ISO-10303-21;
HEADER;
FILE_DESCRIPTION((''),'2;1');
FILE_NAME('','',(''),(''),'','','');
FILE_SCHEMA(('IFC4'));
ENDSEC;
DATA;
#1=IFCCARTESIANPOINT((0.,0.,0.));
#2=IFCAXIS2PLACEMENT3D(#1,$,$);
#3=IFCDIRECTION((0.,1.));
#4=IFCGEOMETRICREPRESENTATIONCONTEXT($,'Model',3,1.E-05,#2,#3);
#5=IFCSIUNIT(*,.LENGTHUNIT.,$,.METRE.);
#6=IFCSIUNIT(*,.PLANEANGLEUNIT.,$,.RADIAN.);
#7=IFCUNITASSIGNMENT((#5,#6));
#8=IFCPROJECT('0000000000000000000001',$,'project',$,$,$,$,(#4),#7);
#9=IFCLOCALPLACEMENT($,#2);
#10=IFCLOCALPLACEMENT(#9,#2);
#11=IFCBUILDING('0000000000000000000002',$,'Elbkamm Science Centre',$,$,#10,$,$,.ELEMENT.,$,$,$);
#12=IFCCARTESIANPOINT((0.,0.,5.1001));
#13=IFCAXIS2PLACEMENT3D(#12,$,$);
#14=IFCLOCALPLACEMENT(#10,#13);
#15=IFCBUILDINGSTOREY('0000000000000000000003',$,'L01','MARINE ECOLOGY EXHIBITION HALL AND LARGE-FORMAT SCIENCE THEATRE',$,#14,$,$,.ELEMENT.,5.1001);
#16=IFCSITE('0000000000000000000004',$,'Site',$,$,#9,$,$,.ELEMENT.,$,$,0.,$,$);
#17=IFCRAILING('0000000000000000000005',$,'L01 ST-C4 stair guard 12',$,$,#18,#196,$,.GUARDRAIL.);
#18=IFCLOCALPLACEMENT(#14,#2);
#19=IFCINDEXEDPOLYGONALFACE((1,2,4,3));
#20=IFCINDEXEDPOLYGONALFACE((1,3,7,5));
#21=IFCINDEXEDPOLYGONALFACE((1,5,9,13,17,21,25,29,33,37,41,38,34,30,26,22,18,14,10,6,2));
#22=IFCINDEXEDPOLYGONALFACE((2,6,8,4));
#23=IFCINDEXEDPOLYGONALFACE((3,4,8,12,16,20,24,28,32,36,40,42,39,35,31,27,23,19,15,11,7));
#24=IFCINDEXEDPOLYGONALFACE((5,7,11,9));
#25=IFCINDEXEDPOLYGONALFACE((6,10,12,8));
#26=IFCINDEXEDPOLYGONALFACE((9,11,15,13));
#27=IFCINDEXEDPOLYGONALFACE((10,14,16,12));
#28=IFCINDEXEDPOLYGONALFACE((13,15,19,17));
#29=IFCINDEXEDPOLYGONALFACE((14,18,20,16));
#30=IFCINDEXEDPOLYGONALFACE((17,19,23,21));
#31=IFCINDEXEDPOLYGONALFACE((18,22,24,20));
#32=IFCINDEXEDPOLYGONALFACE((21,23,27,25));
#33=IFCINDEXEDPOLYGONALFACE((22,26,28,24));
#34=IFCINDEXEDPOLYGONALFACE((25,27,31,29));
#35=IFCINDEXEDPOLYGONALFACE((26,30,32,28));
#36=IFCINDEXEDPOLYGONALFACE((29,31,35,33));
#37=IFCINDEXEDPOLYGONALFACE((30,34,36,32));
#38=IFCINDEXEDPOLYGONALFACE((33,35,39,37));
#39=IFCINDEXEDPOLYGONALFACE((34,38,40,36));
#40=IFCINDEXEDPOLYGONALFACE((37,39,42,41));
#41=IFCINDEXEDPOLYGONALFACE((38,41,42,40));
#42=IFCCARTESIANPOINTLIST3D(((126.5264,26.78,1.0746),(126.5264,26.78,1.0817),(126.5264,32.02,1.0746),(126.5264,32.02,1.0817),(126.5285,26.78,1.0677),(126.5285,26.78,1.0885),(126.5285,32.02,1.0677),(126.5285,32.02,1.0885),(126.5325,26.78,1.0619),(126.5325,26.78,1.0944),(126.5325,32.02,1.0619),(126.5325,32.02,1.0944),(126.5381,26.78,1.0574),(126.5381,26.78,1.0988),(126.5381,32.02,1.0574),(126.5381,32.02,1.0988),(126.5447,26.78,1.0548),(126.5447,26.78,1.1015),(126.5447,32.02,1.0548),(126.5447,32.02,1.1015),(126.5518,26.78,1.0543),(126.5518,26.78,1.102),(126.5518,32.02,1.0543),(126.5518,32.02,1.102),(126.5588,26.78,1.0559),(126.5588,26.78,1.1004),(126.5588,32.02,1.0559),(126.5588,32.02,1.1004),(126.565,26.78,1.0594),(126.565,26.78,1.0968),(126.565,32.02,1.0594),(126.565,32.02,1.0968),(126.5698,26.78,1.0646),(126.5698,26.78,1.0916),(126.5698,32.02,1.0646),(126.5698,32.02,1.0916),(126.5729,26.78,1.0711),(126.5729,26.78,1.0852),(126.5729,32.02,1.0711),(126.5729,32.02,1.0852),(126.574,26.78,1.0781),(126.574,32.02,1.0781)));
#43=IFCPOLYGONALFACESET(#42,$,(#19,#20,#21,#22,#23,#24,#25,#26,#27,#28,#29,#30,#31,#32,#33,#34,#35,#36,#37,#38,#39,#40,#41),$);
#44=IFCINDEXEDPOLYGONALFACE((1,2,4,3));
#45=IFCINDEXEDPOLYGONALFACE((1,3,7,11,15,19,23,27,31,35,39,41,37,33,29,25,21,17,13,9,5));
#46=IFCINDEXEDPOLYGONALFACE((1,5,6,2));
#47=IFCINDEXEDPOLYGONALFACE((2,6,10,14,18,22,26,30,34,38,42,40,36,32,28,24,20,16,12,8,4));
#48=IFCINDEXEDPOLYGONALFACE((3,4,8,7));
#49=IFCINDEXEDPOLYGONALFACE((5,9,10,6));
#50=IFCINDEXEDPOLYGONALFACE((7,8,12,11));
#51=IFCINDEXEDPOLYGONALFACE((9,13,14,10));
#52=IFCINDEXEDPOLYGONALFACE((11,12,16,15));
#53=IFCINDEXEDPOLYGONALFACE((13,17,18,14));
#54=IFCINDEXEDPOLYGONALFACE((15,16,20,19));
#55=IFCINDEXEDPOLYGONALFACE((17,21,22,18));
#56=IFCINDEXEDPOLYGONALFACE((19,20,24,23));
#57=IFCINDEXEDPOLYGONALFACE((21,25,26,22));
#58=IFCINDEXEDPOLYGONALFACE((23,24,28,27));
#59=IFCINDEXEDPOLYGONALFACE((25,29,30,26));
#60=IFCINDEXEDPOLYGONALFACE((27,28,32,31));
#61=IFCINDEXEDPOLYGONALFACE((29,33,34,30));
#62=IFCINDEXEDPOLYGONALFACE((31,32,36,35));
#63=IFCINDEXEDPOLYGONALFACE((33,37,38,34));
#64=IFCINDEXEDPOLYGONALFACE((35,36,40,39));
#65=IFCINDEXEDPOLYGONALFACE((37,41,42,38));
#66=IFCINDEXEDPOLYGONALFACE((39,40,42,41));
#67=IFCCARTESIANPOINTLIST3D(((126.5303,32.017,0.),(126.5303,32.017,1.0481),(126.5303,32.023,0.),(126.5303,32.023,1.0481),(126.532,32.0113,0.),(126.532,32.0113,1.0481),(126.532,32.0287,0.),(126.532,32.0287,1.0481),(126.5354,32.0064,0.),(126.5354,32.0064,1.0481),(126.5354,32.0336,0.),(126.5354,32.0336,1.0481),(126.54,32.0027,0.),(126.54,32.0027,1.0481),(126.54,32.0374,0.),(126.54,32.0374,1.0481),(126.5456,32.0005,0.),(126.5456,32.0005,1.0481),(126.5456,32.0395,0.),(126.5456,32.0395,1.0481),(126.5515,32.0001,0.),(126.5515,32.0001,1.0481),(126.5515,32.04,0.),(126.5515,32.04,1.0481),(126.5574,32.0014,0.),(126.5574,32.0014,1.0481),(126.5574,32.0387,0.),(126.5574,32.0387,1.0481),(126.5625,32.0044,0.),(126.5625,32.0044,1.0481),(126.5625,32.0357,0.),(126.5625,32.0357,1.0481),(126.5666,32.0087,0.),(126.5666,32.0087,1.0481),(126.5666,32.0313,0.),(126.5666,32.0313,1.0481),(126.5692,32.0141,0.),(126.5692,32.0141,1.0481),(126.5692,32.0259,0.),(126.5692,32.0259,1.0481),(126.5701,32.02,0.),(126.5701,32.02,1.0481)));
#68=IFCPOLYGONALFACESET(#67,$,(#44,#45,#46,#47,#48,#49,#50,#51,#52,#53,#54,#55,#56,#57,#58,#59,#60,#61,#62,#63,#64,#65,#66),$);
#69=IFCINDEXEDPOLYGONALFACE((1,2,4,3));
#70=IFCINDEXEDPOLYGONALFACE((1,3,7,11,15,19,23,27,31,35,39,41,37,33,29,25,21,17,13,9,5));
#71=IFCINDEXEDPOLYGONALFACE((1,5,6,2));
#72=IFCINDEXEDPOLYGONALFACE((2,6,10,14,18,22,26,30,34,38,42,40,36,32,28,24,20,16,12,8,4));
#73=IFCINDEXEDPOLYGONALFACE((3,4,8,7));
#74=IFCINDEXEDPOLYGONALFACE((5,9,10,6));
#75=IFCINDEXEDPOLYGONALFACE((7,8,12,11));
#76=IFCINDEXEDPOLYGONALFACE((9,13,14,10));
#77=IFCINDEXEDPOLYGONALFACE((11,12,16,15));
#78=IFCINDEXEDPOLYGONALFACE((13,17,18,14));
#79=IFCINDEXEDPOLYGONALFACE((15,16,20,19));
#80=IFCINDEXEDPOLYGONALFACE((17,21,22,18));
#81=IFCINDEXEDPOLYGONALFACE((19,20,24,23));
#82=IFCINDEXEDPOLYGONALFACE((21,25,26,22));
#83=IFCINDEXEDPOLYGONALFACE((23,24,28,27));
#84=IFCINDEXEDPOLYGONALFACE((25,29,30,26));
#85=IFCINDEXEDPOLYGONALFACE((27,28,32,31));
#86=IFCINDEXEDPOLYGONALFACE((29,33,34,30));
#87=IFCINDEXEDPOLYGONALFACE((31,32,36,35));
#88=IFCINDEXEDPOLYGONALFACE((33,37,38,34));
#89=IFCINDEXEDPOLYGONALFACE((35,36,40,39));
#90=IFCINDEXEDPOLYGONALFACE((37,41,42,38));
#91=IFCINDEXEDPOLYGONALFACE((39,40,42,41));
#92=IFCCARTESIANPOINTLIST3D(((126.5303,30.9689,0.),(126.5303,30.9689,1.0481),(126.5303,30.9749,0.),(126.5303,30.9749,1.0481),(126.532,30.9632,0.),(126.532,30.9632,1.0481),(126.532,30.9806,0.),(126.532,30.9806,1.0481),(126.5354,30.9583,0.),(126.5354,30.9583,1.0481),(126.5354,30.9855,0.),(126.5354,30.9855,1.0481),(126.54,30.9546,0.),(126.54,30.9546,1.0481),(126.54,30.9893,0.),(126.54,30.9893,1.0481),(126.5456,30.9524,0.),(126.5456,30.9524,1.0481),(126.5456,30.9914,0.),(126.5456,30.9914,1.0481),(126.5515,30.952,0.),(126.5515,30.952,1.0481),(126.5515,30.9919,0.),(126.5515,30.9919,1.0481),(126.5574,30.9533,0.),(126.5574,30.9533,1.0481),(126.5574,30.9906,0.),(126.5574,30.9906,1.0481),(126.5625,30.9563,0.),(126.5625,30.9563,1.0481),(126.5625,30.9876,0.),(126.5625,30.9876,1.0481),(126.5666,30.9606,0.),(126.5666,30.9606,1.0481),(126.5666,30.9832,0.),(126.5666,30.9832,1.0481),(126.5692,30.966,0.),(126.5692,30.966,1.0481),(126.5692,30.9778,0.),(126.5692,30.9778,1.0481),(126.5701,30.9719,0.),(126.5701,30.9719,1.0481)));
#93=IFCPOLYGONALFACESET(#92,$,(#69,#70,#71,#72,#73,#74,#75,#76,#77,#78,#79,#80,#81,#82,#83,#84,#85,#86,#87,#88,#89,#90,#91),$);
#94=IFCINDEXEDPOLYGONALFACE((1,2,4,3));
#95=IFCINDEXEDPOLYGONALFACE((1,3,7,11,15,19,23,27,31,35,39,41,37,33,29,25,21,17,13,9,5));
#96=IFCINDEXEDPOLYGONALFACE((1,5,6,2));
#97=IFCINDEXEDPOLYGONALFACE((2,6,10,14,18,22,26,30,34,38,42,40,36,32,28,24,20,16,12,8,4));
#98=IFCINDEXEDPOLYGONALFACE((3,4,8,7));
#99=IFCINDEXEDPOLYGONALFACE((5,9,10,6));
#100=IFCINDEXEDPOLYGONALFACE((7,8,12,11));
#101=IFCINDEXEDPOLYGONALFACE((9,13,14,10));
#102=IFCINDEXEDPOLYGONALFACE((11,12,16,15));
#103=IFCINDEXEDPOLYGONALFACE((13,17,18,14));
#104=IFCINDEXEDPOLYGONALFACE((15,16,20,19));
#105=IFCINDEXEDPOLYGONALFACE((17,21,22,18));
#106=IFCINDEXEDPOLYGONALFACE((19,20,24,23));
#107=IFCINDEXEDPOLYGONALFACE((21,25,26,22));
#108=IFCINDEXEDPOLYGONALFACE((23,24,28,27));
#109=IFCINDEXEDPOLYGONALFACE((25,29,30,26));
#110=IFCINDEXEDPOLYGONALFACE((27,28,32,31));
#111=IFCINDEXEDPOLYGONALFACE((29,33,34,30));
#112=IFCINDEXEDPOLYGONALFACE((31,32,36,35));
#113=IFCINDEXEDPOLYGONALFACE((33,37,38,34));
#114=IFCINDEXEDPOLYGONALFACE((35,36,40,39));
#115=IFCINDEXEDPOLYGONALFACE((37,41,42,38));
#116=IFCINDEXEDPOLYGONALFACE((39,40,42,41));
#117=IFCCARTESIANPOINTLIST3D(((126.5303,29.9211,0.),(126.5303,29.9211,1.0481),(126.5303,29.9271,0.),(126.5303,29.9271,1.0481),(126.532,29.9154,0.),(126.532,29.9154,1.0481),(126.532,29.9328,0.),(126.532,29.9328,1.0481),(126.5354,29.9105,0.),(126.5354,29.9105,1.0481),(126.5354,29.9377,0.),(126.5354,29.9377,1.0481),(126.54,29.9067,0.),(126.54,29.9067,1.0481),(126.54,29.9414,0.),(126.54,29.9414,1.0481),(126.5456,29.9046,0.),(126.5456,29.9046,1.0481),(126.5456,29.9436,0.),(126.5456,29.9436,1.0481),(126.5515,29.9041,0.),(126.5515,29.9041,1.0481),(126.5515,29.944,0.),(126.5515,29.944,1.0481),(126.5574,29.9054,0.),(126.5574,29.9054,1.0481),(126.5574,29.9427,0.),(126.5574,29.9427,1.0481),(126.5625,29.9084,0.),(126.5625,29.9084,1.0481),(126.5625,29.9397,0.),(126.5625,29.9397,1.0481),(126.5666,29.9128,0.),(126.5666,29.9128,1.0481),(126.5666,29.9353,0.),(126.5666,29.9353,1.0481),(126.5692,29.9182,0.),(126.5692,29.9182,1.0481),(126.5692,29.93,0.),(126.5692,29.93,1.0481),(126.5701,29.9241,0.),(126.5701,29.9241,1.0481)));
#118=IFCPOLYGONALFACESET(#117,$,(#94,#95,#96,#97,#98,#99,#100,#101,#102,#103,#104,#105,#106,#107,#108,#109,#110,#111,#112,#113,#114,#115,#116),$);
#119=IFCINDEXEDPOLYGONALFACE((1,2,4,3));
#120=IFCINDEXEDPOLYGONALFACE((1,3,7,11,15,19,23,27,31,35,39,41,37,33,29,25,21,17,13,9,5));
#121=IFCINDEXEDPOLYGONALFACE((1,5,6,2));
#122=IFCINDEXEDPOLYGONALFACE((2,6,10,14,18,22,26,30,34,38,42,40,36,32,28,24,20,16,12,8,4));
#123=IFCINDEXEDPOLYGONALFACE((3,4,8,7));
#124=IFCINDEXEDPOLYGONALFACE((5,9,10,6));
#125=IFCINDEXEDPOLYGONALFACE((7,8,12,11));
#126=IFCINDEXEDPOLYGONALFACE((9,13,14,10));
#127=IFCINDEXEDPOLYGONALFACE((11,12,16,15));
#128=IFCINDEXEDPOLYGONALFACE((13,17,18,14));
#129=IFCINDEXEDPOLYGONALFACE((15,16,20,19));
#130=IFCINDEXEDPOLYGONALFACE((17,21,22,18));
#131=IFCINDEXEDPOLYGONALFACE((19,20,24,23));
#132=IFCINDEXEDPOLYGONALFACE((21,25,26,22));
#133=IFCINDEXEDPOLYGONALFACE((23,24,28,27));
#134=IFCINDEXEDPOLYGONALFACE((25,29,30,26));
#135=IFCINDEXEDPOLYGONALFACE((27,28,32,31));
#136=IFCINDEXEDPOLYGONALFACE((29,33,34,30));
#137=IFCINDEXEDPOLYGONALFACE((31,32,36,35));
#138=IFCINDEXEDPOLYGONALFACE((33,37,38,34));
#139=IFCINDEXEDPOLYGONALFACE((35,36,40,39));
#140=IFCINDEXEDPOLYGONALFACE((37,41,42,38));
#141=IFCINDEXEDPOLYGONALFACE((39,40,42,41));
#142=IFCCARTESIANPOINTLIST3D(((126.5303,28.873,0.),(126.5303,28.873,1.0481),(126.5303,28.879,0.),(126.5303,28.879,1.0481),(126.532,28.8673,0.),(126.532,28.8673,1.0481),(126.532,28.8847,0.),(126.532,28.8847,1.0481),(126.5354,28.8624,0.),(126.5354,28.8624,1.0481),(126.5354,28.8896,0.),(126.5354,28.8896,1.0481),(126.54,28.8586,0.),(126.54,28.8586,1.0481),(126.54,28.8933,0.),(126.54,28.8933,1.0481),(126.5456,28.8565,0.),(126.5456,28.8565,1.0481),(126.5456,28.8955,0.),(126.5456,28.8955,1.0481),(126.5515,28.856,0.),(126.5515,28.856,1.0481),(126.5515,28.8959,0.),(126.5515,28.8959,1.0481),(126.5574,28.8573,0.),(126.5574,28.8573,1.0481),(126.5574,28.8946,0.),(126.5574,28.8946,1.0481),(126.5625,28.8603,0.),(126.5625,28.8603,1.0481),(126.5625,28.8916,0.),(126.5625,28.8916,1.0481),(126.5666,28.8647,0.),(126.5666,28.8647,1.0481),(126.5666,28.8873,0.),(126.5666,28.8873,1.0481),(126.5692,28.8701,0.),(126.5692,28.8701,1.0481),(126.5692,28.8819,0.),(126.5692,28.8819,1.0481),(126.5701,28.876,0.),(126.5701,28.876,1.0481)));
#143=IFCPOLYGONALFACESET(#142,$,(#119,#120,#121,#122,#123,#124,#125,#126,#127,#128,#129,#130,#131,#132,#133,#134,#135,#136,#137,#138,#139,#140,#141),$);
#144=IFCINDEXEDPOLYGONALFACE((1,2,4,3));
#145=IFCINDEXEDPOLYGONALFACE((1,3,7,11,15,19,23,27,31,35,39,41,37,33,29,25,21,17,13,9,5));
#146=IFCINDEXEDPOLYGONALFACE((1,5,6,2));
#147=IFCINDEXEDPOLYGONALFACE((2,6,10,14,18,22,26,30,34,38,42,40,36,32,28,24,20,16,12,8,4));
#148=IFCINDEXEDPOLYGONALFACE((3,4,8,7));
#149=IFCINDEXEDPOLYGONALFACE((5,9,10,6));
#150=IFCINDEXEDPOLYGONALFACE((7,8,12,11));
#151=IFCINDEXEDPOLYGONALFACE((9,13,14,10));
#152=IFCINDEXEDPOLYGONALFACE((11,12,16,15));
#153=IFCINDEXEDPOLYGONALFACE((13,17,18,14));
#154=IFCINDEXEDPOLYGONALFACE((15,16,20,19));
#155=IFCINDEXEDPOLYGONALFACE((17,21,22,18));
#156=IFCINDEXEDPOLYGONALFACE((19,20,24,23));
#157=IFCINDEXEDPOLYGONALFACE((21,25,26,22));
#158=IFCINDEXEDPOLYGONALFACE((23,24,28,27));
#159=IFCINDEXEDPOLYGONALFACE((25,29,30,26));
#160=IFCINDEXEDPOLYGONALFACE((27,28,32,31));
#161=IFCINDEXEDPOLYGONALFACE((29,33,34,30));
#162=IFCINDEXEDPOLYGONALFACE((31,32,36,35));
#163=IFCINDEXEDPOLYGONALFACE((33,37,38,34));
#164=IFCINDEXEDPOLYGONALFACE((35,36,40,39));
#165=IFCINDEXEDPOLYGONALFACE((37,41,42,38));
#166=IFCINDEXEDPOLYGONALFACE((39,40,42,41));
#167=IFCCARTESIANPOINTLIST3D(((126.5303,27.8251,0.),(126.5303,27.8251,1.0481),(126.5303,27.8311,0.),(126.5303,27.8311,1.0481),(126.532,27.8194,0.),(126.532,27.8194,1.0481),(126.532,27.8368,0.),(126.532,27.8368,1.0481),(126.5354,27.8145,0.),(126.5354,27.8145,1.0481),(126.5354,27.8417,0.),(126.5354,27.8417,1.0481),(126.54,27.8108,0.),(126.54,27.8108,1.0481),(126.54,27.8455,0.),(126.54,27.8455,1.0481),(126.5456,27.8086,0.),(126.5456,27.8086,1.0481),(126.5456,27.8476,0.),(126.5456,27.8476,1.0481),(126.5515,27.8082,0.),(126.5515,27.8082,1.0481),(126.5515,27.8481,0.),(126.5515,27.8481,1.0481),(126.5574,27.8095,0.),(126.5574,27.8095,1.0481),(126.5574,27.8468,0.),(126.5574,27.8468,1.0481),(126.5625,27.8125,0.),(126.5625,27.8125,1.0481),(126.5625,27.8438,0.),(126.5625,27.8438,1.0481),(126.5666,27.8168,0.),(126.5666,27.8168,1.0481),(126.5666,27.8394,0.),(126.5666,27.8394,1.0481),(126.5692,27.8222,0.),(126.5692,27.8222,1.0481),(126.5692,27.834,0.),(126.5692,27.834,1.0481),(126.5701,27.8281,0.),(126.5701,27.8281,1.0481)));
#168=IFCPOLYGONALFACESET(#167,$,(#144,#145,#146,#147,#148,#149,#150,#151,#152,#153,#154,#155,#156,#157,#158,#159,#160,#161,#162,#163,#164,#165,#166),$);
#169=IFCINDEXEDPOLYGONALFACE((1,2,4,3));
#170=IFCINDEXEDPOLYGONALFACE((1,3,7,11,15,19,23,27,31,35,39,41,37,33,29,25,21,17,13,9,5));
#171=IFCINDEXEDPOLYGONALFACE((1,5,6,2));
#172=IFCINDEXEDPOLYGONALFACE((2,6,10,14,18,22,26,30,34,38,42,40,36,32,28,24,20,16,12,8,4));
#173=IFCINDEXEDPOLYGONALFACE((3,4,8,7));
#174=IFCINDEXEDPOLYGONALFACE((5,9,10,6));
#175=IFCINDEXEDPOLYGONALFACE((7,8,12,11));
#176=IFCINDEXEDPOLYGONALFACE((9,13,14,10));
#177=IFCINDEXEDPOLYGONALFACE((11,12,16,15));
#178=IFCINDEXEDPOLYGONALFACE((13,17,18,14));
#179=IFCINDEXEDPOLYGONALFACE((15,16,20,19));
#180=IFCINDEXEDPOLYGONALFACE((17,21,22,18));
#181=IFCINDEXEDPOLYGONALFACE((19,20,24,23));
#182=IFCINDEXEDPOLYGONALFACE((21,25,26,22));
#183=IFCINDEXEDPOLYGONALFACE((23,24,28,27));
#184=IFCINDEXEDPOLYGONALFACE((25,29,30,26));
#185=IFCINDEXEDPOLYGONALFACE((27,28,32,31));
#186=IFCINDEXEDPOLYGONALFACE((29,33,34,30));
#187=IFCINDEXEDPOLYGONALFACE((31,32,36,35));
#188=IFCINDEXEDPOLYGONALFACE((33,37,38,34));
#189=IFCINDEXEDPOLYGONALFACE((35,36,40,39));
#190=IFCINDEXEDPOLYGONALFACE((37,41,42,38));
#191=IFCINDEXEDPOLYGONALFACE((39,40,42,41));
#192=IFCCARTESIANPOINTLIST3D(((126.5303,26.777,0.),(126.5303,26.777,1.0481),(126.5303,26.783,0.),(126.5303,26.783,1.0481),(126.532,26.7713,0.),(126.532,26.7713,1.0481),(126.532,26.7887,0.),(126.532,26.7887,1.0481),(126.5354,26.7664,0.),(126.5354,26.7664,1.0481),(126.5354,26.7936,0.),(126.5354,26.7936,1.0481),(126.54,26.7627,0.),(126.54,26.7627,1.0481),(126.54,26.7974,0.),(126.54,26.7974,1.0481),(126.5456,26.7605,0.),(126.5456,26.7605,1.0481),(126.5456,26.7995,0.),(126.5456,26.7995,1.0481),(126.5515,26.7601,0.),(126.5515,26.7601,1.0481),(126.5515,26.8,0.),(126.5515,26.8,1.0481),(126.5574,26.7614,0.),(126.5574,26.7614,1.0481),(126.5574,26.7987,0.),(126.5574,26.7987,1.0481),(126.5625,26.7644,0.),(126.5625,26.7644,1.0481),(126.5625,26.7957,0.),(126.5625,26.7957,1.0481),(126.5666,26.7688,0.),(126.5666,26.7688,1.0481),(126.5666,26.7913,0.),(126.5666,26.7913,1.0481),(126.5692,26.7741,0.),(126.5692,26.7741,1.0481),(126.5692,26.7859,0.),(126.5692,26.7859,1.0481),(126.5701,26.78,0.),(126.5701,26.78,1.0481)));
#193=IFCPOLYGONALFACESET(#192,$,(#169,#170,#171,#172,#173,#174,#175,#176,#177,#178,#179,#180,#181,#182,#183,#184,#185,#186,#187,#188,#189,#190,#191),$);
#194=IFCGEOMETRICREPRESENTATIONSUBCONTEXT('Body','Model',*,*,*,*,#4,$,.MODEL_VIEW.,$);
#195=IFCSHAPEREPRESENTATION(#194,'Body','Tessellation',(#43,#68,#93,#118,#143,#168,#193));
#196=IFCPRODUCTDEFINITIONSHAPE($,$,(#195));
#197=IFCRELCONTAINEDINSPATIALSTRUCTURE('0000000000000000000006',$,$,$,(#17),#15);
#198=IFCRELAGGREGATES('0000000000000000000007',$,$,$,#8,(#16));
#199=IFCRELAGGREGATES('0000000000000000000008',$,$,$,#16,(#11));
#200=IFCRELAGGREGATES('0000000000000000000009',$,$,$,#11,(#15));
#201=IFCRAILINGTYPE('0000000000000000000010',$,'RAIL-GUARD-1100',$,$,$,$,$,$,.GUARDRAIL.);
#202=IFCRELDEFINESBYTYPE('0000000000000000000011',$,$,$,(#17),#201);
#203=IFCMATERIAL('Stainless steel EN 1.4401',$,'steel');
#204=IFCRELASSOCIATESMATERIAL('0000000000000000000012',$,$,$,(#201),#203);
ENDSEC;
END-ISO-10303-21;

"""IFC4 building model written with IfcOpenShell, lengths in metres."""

from ifc_helpers import new_model, si_unit, direction, frame, origin, origin_2d, place, context, subcontext, project, spatial, circle, extrude, material, type_object, element, save


model = new_model("IFC4")

# Units and contexts
model_context = context("Model", 3, precision=1e-05, world=origin(), true_north=direction((0.0, 1.0)))
body_context = subcontext(model_context, "Body", "Model", "MODEL_VIEW")
ifc_project = project(units=[si_unit("LENGTHUNIT", "METRE"), si_unit("PLANEANGLEUNIT", "RADIAN")], contexts=[model_context])

# Site, building, storey
site_placement = place(None, origin())
site = spatial("IfcSite", under=ifc_project, at=site_placement, Name="Site", CompositionType="ELEMENT", RefElevation=0.0)
building_placement = place(site_placement, origin())
building = spatial("IfcBuilding", under=site, at=building_placement, Name="Elbkamm Science Centre", CompositionType="ELEMENT")
storey_placement = place(building_placement, frame((0.0, 0.0, 5.1001)))
storey = spatial("IfcBuildingStorey", under=building, at=storey_placement, Name="L01", Description="MARINE ECOLOGY EXHIBITION HALL AND LARGE-FORMAT SCIENCE THEATRE", CompositionType="ELEMENT", Elevation=5.1001)

# Railing
ifc_material_1 = material(Name="Stainless steel EN 1.4401", Category="steel")
railing_type_1 = type_object("IfcRailingType", Name="RAIL-GUARD-1100", PredefinedType="GUARDRAIL", material=ifc_material_1)
railing_1_placement = place(storey_placement, frame((126.55, 32.02, 0.0)))
element("IfcRailing", 1, at=railing_1_placement, inside=storey, type_object=railing_type_1, Name="L01 ST-C4 stair guard 12", PredefinedType="GUARDRAIL", context=body_context, shape_type="SweptSolid", body=[
    extrude(circle(Radius=0.0239, at=origin_2d()), frame((0.0, 0.0, 1.0781), z_axis=(0.0, -1.0, 0.0), x_axis=(1.0, 0.0, 0.0)), (0.0, 0.0, 1.0), 5.24),
    extrude(circle(Radius=0.02, at=origin_2d()), origin(), (0.0, 0.0, 1.0), 1.0481),
    extrude(circle(Radius=0.02, at=origin_2d()), frame((0.0, -1.0481, 0.0)), (0.0, 0.0, 1.0), 1.0481),
    extrude(circle(Radius=0.02, at=origin_2d()), frame((0.0, -2.0959, 0.0)), (0.0, 0.0, 1.0), 1.0481),
    extrude(circle(Radius=0.02, at=origin_2d()), frame((0.0, -3.144, 0.0)), (0.0, 0.0, 1.0), 1.0481),
    extrude(circle(Radius=0.02, at=origin_2d()), frame((0.0, -4.1919, 0.0)), (0.0, 0.0, 1.0), 1.0481),
    extrude(circle(Radius=0.02, at=origin_2d()), frame((0.0, -5.24, 0.0)), (0.0, 0.0, 1.0), 1.0481),
])

save(model, "model.ifc")
